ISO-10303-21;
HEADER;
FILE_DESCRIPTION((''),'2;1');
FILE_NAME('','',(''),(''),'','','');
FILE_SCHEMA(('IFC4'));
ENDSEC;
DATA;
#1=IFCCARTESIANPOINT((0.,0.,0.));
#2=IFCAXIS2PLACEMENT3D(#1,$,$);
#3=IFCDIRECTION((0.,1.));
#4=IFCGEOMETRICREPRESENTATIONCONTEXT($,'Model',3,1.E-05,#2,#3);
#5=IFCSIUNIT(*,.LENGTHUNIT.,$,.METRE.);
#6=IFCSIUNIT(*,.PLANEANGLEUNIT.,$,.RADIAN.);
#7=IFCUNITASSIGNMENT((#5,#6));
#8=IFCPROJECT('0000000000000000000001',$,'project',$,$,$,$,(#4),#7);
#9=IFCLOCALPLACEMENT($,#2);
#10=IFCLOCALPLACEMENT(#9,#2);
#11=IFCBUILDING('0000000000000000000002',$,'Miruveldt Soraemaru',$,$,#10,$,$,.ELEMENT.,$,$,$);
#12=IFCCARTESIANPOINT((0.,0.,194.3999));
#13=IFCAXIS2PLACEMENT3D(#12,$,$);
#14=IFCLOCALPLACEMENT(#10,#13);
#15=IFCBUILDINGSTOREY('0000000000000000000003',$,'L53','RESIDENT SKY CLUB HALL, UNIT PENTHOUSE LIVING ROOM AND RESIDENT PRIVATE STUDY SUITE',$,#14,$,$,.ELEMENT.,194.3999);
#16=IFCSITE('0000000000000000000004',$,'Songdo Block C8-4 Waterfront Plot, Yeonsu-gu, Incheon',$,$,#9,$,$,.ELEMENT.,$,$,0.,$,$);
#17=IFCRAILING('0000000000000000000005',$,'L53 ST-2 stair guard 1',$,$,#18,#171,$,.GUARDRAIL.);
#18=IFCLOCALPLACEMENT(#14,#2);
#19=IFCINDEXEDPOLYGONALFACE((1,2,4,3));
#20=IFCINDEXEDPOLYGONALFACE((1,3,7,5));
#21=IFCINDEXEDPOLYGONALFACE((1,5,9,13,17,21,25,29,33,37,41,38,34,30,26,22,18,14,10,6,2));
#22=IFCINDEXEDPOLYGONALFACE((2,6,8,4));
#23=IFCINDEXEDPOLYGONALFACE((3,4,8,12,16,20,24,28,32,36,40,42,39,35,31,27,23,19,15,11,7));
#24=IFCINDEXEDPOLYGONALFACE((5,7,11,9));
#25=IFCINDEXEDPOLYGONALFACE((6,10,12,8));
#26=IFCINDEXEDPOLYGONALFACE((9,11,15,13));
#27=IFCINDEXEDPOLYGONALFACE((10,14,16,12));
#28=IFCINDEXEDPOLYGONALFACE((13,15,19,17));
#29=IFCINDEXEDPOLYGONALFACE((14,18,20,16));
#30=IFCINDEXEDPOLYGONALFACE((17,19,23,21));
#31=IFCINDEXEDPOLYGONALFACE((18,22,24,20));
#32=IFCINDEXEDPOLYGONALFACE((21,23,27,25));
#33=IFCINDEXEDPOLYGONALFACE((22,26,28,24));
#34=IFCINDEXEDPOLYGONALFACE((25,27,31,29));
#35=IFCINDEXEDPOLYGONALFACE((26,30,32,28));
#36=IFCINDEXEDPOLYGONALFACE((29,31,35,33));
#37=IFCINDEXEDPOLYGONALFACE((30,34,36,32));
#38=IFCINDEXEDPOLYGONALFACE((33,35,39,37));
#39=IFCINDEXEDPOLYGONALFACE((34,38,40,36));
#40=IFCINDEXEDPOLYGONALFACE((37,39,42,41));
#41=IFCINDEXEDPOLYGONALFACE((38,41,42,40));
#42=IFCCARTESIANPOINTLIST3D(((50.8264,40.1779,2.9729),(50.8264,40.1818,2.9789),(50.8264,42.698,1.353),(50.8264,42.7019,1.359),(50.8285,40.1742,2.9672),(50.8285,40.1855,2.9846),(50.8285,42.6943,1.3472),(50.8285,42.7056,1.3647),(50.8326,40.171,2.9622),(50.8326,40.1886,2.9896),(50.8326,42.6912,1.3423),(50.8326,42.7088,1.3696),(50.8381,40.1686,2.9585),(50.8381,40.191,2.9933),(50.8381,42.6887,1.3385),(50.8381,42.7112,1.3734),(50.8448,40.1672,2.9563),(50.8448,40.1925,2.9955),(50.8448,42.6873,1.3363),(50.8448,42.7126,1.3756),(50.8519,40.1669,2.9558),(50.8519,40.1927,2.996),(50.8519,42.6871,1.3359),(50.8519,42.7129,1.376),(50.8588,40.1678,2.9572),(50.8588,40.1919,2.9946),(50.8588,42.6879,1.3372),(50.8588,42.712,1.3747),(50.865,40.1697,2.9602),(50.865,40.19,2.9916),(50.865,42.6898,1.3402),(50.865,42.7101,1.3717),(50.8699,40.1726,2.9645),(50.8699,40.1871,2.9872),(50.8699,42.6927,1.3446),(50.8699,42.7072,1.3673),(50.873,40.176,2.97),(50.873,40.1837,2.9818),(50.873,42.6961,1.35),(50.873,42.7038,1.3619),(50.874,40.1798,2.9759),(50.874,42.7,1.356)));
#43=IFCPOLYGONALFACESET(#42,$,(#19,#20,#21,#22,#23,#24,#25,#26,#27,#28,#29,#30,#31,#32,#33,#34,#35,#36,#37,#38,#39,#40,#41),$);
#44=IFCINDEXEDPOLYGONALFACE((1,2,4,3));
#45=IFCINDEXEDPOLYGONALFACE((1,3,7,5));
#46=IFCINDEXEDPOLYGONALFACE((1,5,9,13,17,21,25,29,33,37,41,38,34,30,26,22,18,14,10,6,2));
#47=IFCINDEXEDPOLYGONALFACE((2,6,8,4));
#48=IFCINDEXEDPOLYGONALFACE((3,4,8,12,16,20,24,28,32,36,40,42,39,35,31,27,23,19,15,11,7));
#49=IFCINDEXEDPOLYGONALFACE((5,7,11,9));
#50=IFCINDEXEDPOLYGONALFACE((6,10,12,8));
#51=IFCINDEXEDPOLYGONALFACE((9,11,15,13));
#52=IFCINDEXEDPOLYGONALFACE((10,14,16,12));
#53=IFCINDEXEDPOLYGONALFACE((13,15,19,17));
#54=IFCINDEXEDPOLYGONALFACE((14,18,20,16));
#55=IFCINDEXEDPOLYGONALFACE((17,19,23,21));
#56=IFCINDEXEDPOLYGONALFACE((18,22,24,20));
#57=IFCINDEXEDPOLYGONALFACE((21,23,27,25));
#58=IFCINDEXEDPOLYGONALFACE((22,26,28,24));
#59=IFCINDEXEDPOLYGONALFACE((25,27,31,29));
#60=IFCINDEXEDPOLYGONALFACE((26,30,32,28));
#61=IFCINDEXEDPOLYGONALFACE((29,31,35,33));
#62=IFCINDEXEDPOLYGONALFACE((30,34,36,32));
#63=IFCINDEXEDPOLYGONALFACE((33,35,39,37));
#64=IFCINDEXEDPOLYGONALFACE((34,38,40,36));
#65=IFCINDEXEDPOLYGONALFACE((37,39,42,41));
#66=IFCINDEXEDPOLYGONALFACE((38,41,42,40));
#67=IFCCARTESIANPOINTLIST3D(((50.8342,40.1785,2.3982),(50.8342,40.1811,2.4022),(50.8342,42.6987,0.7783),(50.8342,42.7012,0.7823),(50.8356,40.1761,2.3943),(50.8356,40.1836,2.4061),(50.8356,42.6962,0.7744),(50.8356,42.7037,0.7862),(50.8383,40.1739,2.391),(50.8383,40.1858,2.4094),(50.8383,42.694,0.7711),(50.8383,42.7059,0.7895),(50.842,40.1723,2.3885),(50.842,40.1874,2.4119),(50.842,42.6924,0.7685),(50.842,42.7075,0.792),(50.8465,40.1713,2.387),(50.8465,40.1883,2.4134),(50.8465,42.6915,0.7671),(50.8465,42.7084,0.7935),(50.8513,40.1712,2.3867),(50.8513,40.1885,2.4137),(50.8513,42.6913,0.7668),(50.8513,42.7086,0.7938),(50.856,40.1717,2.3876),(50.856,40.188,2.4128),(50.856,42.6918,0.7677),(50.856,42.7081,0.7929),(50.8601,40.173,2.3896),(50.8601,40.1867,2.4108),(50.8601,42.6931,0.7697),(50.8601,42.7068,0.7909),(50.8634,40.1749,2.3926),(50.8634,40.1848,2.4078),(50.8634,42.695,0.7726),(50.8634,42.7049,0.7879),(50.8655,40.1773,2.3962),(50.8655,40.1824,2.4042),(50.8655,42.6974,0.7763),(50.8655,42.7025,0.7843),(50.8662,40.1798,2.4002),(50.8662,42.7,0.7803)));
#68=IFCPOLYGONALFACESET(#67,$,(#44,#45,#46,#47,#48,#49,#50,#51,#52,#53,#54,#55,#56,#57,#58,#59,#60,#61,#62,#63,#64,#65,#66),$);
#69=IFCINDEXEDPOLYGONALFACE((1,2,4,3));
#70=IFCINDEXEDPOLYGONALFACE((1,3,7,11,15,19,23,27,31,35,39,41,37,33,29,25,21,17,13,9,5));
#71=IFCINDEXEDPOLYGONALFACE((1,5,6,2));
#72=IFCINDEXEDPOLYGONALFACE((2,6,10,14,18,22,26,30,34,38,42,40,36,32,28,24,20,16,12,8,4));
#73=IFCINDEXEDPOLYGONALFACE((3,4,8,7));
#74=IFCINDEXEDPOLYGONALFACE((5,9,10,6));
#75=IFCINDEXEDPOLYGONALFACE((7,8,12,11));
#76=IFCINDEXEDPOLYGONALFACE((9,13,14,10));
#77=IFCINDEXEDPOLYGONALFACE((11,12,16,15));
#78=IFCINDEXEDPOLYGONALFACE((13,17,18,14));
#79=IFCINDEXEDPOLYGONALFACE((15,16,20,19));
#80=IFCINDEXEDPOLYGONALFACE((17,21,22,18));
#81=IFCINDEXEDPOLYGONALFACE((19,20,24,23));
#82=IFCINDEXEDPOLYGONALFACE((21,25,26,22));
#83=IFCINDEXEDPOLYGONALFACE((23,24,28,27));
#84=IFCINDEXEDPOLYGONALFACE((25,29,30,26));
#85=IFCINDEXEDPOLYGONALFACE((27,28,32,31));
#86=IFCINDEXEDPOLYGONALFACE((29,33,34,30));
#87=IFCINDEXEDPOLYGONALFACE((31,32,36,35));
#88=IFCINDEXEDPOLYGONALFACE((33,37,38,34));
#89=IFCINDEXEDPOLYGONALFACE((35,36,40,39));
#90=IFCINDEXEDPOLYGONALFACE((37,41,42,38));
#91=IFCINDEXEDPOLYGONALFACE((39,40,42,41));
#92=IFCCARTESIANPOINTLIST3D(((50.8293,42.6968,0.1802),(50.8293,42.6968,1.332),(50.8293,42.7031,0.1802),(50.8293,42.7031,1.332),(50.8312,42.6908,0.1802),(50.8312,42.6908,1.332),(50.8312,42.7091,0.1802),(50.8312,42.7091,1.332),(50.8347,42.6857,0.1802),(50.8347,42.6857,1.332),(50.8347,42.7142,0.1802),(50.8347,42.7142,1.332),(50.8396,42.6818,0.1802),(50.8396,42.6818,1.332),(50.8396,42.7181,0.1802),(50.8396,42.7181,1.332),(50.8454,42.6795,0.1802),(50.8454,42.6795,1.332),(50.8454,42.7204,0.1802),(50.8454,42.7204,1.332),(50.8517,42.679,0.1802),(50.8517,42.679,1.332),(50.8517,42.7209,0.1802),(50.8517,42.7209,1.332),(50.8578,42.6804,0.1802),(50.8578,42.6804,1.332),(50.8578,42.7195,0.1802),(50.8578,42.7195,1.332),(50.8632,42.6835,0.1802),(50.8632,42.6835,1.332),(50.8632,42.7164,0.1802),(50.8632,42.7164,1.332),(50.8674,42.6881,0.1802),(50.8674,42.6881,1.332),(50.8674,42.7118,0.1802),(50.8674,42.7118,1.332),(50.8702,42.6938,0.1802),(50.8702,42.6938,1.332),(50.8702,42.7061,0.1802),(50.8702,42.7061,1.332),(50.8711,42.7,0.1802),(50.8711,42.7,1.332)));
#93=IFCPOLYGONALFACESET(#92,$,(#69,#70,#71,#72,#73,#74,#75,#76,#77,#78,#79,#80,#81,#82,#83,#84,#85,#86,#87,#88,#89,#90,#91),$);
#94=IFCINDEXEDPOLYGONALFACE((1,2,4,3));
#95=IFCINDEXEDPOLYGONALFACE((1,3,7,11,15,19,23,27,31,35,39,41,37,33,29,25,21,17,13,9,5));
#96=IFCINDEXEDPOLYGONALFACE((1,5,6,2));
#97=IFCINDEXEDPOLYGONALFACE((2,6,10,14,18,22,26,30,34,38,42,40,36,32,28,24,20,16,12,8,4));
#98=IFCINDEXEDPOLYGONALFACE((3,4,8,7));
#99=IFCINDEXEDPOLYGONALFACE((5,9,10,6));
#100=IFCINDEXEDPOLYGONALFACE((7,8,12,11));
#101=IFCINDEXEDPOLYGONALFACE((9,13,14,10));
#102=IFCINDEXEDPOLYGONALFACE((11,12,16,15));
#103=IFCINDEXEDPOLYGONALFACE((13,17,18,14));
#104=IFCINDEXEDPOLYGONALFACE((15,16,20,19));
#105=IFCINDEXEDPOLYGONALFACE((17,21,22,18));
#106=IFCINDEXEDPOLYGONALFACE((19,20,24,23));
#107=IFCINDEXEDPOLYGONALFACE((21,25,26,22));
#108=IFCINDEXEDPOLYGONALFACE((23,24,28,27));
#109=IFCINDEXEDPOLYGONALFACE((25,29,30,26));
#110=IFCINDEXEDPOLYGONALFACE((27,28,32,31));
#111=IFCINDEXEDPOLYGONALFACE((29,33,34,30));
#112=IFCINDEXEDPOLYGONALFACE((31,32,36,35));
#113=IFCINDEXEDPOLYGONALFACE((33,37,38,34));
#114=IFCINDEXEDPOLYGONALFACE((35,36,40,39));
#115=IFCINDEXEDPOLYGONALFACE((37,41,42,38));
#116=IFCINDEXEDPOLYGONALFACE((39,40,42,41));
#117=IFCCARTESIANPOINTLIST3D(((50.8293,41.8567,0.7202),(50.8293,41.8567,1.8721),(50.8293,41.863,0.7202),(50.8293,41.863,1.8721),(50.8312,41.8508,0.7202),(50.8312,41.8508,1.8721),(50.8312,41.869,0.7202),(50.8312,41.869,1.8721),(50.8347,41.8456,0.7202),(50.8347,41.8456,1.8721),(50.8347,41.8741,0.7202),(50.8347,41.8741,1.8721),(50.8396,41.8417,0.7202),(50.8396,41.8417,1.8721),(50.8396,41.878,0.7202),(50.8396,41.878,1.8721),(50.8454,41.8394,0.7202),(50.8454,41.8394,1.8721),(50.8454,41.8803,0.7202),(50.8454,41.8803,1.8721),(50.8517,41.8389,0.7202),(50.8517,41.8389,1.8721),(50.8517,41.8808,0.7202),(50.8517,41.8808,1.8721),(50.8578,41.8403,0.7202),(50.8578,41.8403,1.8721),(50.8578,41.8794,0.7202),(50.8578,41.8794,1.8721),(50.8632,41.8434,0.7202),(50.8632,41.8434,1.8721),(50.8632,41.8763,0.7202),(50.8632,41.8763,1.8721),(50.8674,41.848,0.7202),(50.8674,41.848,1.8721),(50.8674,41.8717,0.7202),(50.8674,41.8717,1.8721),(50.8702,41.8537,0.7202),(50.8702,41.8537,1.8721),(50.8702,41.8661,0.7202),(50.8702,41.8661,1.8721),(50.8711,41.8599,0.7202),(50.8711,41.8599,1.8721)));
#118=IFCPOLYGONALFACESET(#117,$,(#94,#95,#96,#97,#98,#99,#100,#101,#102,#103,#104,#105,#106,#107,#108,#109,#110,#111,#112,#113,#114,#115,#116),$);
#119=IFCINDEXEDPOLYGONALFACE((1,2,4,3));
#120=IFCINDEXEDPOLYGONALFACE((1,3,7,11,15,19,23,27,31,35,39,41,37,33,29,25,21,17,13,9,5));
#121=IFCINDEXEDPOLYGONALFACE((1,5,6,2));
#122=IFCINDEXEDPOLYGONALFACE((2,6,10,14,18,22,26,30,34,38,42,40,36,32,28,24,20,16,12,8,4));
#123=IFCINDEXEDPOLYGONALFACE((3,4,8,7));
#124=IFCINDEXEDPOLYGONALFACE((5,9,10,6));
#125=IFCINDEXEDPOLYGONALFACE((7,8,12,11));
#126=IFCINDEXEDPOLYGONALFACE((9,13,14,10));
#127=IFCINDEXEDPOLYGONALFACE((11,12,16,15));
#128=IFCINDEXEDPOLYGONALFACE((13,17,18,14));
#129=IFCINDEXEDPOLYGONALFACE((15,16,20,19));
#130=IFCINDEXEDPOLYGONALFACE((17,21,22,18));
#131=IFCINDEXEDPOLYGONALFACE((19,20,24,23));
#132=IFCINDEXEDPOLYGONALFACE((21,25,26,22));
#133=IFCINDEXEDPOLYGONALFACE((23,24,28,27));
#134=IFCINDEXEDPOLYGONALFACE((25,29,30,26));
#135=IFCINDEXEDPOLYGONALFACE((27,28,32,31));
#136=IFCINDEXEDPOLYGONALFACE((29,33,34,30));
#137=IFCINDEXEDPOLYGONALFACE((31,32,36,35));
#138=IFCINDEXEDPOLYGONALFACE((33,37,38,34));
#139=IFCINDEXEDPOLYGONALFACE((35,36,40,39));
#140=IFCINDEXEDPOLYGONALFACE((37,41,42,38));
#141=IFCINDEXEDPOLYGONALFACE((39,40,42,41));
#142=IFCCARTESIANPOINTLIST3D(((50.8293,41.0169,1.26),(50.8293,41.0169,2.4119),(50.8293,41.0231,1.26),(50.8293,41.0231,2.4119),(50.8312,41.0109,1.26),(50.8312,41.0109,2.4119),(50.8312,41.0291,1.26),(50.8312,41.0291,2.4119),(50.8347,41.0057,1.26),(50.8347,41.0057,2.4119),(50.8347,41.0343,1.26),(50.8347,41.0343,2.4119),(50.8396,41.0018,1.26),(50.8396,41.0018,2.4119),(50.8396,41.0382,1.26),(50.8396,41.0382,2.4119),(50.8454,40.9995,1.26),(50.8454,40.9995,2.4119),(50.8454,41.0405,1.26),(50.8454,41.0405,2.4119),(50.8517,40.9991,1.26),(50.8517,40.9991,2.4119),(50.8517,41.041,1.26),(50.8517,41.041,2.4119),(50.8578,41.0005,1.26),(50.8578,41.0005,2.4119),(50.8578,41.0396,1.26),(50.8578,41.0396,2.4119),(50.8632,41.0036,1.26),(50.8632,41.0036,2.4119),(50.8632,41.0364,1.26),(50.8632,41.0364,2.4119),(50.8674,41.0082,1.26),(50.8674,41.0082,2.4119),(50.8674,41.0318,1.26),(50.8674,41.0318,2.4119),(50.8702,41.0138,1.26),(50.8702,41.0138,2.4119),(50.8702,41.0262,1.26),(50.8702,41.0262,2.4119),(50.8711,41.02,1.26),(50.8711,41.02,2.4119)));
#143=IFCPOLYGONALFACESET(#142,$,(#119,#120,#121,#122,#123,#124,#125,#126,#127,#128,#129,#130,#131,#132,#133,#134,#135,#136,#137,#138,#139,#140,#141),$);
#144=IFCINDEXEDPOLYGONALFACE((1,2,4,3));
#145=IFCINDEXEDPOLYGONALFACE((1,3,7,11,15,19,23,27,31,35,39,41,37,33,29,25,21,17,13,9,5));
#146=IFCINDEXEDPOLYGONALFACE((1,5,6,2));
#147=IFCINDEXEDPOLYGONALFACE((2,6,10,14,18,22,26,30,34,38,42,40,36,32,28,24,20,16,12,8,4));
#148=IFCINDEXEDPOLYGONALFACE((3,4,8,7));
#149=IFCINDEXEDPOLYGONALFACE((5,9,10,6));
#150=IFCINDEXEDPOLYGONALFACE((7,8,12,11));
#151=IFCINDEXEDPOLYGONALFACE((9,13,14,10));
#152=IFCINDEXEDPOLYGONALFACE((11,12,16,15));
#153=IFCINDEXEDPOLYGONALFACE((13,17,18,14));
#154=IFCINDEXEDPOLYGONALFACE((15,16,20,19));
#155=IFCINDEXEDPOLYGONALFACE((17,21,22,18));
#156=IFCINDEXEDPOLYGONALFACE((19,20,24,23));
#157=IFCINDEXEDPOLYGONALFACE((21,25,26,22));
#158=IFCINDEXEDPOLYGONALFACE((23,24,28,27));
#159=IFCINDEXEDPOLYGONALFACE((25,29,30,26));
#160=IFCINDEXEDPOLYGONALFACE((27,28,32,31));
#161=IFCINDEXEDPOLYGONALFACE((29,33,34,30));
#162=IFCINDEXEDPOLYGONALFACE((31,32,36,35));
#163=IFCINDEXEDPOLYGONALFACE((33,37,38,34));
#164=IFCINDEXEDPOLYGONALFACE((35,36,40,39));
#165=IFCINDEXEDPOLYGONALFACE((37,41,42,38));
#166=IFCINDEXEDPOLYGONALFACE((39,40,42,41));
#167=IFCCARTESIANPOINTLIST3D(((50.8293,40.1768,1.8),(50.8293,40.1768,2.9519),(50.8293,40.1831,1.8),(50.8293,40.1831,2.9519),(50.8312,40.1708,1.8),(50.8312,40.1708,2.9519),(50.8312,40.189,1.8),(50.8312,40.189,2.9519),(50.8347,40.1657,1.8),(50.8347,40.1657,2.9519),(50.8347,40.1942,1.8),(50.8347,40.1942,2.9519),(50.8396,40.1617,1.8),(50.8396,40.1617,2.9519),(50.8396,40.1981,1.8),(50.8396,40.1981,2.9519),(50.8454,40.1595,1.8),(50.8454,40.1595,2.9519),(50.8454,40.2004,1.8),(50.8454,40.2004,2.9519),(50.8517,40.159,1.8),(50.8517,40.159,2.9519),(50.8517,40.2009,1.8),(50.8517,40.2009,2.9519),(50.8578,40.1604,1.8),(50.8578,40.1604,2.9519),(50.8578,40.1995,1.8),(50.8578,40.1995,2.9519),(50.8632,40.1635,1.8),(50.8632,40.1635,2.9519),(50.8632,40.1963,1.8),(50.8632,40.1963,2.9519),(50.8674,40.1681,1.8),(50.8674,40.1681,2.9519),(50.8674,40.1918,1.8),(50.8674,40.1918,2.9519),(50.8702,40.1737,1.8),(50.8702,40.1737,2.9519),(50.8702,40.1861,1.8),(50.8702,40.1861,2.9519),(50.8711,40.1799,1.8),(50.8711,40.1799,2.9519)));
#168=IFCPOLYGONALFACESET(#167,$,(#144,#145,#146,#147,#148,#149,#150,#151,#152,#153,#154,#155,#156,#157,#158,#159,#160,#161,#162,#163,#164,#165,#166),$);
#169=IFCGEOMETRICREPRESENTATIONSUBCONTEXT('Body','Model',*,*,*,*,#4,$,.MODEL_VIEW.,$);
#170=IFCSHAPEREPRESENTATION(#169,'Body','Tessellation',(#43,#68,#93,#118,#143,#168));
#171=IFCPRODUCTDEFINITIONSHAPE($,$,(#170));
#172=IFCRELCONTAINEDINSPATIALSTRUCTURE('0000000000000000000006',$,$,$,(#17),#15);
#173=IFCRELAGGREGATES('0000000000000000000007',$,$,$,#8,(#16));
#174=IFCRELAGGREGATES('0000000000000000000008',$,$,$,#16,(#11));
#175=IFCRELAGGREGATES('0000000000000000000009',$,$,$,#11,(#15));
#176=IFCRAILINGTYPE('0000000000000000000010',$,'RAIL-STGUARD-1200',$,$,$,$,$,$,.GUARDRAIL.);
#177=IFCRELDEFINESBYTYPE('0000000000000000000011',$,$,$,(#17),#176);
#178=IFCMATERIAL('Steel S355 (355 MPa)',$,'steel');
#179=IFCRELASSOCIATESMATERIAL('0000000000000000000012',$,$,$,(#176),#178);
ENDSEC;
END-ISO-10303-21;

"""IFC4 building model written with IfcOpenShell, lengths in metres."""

from ifc_helpers import new_model, si_unit, direction, frame, origin, origin_2d, place, context, subcontext, project, spatial, circle, extrude, material, type_object, element, save


model = new_model("IFC4")

# Units and contexts
model_context = context("Model", 3, precision=1e-05, world=origin(), true_north=direction((0.0, 1.0)))
body_context = subcontext(model_context, "Body", "Model", "MODEL_VIEW")
ifc_project = project(units=[si_unit("LENGTHUNIT", "METRE"), si_unit("PLANEANGLEUNIT", "RADIAN")], contexts=[model_context])

# Site, building, storey
site_placement = place(None, origin())
site = spatial("IfcSite", under=ifc_project, at=site_placement, Name="Songdo Block C8-4 Waterfront Plot, Yeonsu-gu, Incheon", CompositionType="ELEMENT", RefElevation=0.0)
building_placement = place(site_placement, origin())
building = spatial("IfcBuilding", under=site, at=building_placement, Name="Miruveldt Soraemaru", CompositionType="ELEMENT")
storey_placement = place(building_placement, frame((0.0, 0.0, 194.3999)))
storey = spatial("IfcBuildingStorey", under=building, at=storey_placement, Name="L53", Description="RESIDENT SKY CLUB HALL, UNIT PENTHOUSE LIVING ROOM AND RESIDENT PRIVATE STUDY SUITE", CompositionType="ELEMENT", Elevation=194.3999)

# Railing
ifc_material_1 = material(Name="Steel S355 (355 MPa)", Category="steel")
railing_type_1 = type_object("IfcRailingType", Name="RAIL-STGUARD-1200", PredefinedType="GUARDRAIL", material=ifc_material_1)
railing_1_placement = place(storey_placement, frame((50.8501, 42.7, 0.1802)))
element("IfcRailing", 1, at=railing_1_placement, inside=storey, type_object=railing_type_1, Name="L53 ST-2 stair guard 1", PredefinedType="GUARDRAIL", context=body_context, shape_type="SweptSolid", body=[
    extrude(circle(Radius=0.0239, at=origin_2d()), frame((0.0, 0.0, 1.1758), z_axis=(0.0, -0.8412, 0.540725), x_axis=(1.0, 0.0, 0.0)), (0.0, 0.0, 1.0), 2.9958),
    extrude(circle(Radius=0.0161, at=origin_2d()), frame((0.0, 0.0, 0.6001), z_axis=(0.0, -0.8412, 0.540725), x_axis=(1.0, 0.0, 0.0)), (0.0, 0.0, 1.0), 2.9958),
    extrude(circle(Radius=0.021, at=origin_2d()), origin(), (0.0, 0.0, 1.0), 1.1519),
    extrude(circle(Radius=0.021, at=origin_2d()), frame((0.0, -0.8401, 0.54)), (0.0, 0.0, 1.0), 1.1519),
    extrude(circle(Radius=0.021, at=origin_2d()), frame((0.0, -1.6799, 1.0798)), (0.0, 0.0, 1.0), 1.1519),
    extrude(circle(Radius=0.021, at=origin_2d()), frame((0.0, -2.52, 1.6199)), (0.0, 0.0, 1.0), 1.1519),
])

save(model, "model.ifc")
